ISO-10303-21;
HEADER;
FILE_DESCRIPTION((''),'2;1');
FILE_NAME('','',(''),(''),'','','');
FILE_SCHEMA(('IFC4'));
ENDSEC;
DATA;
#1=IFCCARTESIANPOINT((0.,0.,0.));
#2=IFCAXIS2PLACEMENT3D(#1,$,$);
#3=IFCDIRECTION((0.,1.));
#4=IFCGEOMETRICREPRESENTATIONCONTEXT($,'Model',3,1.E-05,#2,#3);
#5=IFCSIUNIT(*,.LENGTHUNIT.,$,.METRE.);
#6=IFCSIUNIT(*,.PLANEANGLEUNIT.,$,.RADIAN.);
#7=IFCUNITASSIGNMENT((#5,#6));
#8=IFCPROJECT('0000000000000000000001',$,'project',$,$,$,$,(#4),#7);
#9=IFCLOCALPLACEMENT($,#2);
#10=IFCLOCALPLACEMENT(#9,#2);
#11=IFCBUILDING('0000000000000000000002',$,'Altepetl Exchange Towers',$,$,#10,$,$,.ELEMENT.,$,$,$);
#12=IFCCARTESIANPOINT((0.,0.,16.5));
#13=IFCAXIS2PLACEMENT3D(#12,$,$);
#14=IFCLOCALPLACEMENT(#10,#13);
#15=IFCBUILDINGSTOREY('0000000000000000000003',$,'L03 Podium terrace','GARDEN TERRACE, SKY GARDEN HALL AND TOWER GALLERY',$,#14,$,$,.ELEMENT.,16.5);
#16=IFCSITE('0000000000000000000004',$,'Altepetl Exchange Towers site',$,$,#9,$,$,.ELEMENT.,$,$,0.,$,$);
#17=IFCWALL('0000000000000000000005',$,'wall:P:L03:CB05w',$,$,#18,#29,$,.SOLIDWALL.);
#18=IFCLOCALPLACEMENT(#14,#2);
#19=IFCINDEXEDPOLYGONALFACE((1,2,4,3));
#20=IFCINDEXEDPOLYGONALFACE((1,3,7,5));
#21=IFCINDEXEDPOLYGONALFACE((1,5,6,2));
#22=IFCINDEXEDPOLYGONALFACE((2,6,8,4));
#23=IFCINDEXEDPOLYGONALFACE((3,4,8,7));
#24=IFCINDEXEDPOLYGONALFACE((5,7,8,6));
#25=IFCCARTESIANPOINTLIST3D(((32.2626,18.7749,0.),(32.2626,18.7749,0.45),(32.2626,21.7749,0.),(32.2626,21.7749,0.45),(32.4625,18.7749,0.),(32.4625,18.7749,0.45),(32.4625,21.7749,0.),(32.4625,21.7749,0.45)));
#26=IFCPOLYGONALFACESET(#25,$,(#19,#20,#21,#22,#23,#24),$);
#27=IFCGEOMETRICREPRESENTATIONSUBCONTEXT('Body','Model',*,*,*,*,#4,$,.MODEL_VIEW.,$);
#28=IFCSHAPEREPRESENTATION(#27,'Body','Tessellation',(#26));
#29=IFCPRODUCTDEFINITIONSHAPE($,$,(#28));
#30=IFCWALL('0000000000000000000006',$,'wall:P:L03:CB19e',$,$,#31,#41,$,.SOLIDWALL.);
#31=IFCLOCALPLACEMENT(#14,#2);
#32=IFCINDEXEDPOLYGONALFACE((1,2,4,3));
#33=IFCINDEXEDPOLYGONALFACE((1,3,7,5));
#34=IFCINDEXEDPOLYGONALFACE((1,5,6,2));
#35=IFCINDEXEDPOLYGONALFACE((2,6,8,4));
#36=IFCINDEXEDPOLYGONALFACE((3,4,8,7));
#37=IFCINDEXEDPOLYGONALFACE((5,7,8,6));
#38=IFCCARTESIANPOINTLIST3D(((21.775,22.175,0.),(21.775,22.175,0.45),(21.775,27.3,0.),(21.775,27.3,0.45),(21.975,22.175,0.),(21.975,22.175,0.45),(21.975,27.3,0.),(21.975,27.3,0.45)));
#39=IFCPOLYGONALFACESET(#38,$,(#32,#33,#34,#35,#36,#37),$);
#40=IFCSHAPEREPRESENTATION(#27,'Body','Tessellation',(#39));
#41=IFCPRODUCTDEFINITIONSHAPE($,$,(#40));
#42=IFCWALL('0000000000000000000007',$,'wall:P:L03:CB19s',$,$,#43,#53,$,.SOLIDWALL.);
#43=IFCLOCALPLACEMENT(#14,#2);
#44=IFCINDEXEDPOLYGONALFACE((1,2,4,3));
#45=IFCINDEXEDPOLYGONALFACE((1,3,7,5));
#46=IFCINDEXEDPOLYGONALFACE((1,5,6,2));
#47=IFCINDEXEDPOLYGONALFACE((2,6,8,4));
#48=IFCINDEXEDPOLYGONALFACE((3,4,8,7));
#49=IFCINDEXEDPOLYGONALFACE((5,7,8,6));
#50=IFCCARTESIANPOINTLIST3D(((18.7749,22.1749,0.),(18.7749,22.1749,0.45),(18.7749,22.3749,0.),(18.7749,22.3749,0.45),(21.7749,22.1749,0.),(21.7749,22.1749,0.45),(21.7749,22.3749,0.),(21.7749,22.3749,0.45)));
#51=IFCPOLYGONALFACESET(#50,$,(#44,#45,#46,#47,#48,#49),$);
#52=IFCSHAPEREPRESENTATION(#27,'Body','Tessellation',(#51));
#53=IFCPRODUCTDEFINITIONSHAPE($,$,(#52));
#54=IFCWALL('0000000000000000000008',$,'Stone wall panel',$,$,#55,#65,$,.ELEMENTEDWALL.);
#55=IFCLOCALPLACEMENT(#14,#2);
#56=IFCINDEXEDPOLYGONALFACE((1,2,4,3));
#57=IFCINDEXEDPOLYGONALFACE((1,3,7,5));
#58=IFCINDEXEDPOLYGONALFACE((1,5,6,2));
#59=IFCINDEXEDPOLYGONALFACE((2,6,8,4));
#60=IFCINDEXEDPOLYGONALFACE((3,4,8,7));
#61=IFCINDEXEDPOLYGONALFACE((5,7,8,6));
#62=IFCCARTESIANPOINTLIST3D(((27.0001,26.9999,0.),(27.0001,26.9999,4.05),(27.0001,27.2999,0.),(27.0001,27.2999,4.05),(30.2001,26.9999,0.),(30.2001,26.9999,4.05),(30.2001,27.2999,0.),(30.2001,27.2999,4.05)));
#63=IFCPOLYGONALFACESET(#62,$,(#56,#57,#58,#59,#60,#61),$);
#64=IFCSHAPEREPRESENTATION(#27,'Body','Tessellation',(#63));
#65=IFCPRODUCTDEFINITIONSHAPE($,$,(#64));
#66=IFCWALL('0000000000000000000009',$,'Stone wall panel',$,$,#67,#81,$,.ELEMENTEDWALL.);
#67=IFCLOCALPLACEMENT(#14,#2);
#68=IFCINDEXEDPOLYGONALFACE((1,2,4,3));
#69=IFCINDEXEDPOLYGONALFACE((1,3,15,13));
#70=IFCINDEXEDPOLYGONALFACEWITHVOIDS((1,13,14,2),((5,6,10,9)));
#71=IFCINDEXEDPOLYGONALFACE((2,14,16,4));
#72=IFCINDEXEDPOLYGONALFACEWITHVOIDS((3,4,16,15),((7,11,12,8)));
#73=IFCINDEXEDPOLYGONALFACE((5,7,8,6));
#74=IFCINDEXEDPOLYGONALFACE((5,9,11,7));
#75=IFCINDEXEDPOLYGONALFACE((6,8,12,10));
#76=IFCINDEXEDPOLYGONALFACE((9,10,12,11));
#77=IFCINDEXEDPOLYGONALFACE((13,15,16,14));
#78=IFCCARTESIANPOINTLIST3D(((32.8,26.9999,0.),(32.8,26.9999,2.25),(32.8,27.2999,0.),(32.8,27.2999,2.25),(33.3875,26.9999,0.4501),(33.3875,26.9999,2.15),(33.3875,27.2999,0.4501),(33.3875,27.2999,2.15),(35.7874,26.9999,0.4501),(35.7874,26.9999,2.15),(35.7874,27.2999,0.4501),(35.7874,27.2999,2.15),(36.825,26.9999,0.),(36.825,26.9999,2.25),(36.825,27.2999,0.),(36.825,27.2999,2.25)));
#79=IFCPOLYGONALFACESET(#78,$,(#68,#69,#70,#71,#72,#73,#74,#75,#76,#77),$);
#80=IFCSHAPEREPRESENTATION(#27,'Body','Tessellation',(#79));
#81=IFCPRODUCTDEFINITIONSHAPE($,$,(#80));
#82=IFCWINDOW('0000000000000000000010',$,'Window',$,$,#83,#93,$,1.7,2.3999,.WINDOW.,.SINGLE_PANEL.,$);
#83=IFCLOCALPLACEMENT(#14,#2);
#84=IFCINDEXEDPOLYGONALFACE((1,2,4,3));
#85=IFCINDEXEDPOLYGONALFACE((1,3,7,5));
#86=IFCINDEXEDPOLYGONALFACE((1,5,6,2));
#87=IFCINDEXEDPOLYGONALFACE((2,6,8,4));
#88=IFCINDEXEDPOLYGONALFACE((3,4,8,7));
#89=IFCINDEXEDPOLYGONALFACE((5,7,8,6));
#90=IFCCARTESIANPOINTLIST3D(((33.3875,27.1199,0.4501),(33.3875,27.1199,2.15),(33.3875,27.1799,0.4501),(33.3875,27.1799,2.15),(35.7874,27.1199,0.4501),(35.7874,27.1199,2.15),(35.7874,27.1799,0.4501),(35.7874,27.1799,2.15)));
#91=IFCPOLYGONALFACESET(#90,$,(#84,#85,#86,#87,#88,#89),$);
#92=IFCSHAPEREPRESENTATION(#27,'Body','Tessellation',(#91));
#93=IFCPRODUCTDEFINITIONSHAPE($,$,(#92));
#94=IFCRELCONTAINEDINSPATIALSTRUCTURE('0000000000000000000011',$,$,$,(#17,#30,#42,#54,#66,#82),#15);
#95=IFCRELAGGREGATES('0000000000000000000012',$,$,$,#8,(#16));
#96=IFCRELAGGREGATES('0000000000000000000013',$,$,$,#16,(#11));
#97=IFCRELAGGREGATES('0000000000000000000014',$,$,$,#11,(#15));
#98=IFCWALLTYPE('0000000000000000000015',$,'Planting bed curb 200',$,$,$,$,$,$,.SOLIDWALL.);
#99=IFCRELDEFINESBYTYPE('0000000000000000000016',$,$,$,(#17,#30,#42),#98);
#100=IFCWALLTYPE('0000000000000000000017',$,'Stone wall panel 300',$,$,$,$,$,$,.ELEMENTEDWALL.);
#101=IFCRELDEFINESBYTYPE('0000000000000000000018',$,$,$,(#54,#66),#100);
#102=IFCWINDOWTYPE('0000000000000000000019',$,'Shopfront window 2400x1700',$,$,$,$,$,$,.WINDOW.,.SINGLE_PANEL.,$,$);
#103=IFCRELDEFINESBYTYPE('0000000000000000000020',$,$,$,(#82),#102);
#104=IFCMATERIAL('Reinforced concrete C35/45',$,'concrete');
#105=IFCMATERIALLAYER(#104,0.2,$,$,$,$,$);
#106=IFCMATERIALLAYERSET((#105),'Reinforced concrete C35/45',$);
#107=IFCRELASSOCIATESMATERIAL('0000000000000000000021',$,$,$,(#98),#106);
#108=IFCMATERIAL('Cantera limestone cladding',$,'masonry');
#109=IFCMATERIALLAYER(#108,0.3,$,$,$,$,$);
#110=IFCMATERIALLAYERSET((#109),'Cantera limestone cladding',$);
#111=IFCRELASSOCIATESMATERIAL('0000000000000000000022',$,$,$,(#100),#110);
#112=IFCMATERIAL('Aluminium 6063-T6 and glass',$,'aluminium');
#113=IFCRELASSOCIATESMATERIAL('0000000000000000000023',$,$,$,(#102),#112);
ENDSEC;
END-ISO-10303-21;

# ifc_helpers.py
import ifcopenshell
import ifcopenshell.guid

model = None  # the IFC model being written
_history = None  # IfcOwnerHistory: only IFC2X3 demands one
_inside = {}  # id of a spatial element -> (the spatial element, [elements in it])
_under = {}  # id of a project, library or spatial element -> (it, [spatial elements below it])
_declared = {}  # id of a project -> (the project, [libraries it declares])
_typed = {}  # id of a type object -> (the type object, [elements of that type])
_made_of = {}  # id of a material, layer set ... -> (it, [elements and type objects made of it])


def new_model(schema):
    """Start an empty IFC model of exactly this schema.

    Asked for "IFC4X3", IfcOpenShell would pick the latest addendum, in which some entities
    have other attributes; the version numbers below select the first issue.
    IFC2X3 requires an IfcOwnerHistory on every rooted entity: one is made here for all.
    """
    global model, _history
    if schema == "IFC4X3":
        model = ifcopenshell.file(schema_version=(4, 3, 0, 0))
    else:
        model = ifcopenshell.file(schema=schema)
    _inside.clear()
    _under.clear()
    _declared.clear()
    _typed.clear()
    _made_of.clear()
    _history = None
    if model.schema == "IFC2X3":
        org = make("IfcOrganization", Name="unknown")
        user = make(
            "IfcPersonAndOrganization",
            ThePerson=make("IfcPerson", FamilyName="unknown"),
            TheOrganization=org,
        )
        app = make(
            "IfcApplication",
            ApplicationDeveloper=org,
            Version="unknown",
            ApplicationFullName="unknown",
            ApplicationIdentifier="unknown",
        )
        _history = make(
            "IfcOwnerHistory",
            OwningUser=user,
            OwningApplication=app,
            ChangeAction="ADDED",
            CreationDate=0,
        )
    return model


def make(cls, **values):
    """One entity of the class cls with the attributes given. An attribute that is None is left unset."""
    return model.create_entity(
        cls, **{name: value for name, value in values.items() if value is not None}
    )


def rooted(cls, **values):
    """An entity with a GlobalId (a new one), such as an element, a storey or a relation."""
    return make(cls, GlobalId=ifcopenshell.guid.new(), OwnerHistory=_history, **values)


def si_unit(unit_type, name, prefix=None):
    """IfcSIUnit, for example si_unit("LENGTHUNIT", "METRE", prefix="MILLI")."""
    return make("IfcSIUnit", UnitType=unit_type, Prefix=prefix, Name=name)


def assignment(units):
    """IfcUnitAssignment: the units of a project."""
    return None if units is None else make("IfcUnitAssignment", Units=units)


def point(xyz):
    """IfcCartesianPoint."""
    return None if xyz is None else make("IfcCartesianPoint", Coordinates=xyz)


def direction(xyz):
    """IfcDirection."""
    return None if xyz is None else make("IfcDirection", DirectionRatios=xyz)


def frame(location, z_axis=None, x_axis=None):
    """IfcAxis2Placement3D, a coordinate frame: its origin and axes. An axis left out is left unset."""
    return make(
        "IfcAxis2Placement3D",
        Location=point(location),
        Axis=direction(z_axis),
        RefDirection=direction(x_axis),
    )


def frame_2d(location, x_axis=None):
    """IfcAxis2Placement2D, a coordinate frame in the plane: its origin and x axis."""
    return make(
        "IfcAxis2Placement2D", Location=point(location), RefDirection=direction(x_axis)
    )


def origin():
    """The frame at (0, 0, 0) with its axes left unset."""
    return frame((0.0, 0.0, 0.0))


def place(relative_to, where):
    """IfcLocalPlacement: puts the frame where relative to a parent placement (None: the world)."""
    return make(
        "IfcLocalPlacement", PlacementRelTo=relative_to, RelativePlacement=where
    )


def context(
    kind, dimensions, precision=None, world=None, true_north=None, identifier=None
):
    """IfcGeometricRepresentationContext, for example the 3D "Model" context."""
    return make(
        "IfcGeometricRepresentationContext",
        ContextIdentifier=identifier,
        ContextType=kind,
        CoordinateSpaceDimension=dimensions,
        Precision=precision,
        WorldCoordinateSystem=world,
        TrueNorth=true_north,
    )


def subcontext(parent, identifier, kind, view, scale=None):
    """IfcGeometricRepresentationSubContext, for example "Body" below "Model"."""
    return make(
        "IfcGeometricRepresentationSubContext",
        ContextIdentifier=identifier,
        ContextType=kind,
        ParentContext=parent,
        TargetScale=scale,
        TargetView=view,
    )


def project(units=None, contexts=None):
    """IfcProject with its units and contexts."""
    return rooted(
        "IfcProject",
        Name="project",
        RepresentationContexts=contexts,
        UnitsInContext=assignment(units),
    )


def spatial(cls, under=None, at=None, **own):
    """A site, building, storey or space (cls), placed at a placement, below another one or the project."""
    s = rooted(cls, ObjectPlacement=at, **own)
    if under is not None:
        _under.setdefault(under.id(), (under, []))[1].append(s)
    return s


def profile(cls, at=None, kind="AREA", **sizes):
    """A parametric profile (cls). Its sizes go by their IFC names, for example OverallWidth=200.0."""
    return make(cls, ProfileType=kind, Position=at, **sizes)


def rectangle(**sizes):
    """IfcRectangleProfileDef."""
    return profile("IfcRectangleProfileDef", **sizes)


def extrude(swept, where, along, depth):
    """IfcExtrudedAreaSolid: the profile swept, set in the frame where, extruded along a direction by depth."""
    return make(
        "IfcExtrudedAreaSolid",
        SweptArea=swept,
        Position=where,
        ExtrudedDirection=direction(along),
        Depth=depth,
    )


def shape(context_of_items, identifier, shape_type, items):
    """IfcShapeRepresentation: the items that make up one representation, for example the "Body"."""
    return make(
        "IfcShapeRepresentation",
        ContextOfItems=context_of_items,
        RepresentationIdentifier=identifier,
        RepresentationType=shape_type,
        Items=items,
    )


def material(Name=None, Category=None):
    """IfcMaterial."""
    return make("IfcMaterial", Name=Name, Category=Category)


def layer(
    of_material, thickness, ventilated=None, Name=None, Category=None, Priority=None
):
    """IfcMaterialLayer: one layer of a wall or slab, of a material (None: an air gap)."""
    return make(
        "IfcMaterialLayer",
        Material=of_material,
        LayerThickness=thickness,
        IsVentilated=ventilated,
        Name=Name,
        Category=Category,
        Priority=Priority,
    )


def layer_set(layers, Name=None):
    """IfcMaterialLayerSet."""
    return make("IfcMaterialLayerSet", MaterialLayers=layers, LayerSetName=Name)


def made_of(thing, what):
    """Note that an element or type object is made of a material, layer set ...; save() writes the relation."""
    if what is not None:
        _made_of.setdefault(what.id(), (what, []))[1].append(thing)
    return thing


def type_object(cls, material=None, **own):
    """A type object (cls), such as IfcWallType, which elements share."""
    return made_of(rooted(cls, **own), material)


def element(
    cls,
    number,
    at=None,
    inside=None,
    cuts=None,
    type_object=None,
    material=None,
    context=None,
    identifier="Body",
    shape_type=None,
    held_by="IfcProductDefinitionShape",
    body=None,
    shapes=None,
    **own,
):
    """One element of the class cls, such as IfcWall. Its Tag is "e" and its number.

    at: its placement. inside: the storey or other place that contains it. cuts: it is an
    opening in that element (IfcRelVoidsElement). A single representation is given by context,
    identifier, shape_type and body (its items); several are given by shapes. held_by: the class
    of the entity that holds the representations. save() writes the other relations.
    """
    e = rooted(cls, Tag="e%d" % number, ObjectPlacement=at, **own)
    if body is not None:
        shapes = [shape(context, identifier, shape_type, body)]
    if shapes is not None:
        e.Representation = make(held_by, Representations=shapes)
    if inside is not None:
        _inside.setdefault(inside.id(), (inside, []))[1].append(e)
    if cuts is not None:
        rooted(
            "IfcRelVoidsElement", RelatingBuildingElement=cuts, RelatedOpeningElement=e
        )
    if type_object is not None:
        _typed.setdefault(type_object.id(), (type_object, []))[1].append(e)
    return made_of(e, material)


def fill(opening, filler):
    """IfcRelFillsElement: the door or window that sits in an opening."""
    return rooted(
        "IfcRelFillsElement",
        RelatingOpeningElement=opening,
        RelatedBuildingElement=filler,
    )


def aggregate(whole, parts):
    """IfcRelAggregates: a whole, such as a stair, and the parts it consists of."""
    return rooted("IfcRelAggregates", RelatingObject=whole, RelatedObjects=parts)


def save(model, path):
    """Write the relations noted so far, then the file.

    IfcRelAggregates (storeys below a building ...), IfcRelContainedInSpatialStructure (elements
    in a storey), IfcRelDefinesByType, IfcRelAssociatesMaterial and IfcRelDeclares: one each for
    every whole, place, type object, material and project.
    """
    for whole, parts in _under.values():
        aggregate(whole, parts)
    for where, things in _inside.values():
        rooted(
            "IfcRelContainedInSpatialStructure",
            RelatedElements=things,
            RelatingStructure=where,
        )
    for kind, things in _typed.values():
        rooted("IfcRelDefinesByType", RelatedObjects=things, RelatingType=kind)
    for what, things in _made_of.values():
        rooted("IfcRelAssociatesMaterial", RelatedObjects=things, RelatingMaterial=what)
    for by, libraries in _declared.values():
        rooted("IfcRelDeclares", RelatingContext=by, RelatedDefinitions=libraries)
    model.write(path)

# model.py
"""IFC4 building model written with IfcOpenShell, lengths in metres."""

from ifc_helpers import new_model, si_unit, direction, frame, frame_2d, origin, place, context, subcontext, project, spatial, rectangle, extrude, material, layer, layer_set, type_object, element, fill, save


model = new_model("IFC4")

# Units and contexts
model_context = context("Model", 3, precision=1e-05, world=origin(), true_north=direction((0.0, 1.0)))
body_context = subcontext(model_context, "Body", "Model", "MODEL_VIEW")
ifc_project = project(units=[si_unit("LENGTHUNIT", "METRE"), si_unit("PLANEANGLEUNIT", "RADIAN")], contexts=[model_context])

# Site, building, storey
site_placement = place(None, origin())
site = spatial("IfcSite", under=ifc_project, at=site_placement, Name="Altepetl Exchange Towers site", CompositionType="ELEMENT", RefElevation=0.0)
building_placement = place(site_placement, origin())
building = spatial("IfcBuilding", under=site, at=building_placement, Name="Altepetl Exchange Towers", CompositionType="ELEMENT")
storey_placement = place(building_placement, frame((0.0, 0.0, 16.5)))
storey = spatial("IfcBuildingStorey", under=building, at=storey_placement, Name="L03 Podium terrace", Description="GARDEN TERRACE, SKY GARDEN HALL AND TOWER GALLERY", CompositionType="ELEMENT", Elevation=16.5)

# Walls
ifc_material_1 = material(Name="Reinforced concrete C35/45", Category="concrete")
ifc_layer_1 = layer(ifc_material_1, 0.2)
ifc_layer_set_1 = layer_set([ifc_layer_1], Name="Reinforced concrete C35/45")
wall_type_1 = type_object("IfcWallType", Name="Planting bed curb 200", PredefinedType="SOLIDWALL", material=ifc_layer_set_1)
wall_1_placement = place(storey_placement, frame((32.3625, 18.7749, 0.0), z_axis=(0.0, 0.0, 1.0), x_axis=(0.0, 1.0, 0.0)))
element("IfcWall", 1, at=wall_1_placement, inside=storey, type_object=wall_type_1, Name="wall:P:L03:CB05w", PredefinedType="SOLIDWALL", context=body_context, shape_type="SweptSolid", body=[
    extrude(rectangle(XDim=3.0, YDim=0.2, at=frame_2d((1.5, 0.0))), origin(), (0.0, 0.0, 1.0), 0.45),
])
wall_2_placement = place(storey_placement, frame((21.875, 22.175, 0.0), z_axis=(0.0, 0.0, 1.0), x_axis=(0.0, 1.0, 0.0)))
element("IfcWall", 2, at=wall_2_placement, inside=storey, type_object=wall_type_1, Name="wall:P:L03:CB19e", PredefinedType="SOLIDWALL", context=body_context, shape_type="SweptSolid", body=[
    extrude(rectangle(XDim=5.125, YDim=0.2, at=frame_2d((2.5625, 0.0))), origin(), (0.0, 0.0, 1.0), 0.45),
])
wall_3_placement = place(storey_placement, frame((18.7749, 22.2749, 0.0)))
element("IfcWall", 3, at=wall_3_placement, inside=storey, type_object=wall_type_1, Name="wall:P:L03:CB19s", PredefinedType="SOLIDWALL", context=body_context, shape_type="SweptSolid", body=[
    extrude(rectangle(XDim=3.0, YDim=0.2, at=frame_2d((1.5, 0.0))), origin(), (0.0, 0.0, 1.0), 0.45),
])
ifc_material_2 = material(Name="Cantera limestone cladding", Category="masonry")
ifc_layer_2 = layer(ifc_material_2, 0.3)
ifc_layer_set_2 = layer_set([ifc_layer_2], Name="Cantera limestone cladding")
wall_type_2 = type_object("IfcWallType", Name="Stone wall panel 300", PredefinedType="ELEMENTEDWALL", material=ifc_layer_set_2)
wall_4_placement = place(storey_placement, frame((27.0, 27.1499, 0.0)))
element("IfcWall", 4, at=wall_4_placement, inside=storey, type_object=wall_type_2, Name="Stone wall panel", PredefinedType="ELEMENTEDWALL", context=body_context, shape_type="SweptSolid", body=[
    extrude(rectangle(XDim=3.2, YDim=0.3, at=frame_2d((1.6001, 0.0))), origin(), (0.0, 0.0, 1.0), 4.05),
])

# Wall, opening, window
wall_5_placement = place(storey_placement, frame((32.8, 27.1499, 0.0)))
wall_5 = element("IfcWall", 5, at=wall_5_placement, inside=storey, type_object=wall_type_2, Name="Stone wall panel", PredefinedType="ELEMENTEDWALL", context=body_context, shape_type="SweptSolid", body=[
    extrude(rectangle(XDim=4.0249, YDim=0.3, at=frame_2d((2.0125, 0.0))), origin(), (0.0, 0.0, 1.0), 2.25),
])
opening_placement = place(wall_5_placement, frame((0.5874, 0.0, 0.45)))
opening = element("IfcOpeningElement", 6, at=opening_placement, cuts=wall_5, PredefinedType="OPENING", context=body_context, shape_type="SweptSolid", body=[
    extrude(rectangle(XDim=2.3999, YDim=1.7, at=frame_2d((1.2, 0.8501))), frame((0.0, 0.1602, 0.0), z_axis=(0.0, -1.0, 0.0), x_axis=(1.0, 0.0, 0.0)), (0.0, 0.0, 1.0), 0.3201),
])
ifc_material_3 = material(Name="Aluminium 6063-T6 and glass", Category="aluminium")
window_type = type_object("IfcWindowType", Name="Shopfront window 2400x1700", PartitioningType="SINGLE_PANEL", PredefinedType="WINDOW", material=ifc_material_3)
window_placement = place(opening_placement, origin())
window = element("IfcWindow", 7, at=window_placement, inside=storey, type_object=window_type, Name="Window", OverallHeight=1.7, OverallWidth=2.3999, PartitioningType="SINGLE_PANEL", PredefinedType="WINDOW", context=body_context, shape_type="SweptSolid", body=[
    extrude(rectangle(XDim=2.3999, YDim=1.7, at=frame_2d((1.2, 0.8501))), frame((0.0, 0.03, 0.0), z_axis=(0.0, -1.0, 0.0), x_axis=(1.0, 0.0, 0.0)), (0.0, 0.0, 1.0), 0.0601),
])
fill(opening, window)

save(model, "model.ifc")
